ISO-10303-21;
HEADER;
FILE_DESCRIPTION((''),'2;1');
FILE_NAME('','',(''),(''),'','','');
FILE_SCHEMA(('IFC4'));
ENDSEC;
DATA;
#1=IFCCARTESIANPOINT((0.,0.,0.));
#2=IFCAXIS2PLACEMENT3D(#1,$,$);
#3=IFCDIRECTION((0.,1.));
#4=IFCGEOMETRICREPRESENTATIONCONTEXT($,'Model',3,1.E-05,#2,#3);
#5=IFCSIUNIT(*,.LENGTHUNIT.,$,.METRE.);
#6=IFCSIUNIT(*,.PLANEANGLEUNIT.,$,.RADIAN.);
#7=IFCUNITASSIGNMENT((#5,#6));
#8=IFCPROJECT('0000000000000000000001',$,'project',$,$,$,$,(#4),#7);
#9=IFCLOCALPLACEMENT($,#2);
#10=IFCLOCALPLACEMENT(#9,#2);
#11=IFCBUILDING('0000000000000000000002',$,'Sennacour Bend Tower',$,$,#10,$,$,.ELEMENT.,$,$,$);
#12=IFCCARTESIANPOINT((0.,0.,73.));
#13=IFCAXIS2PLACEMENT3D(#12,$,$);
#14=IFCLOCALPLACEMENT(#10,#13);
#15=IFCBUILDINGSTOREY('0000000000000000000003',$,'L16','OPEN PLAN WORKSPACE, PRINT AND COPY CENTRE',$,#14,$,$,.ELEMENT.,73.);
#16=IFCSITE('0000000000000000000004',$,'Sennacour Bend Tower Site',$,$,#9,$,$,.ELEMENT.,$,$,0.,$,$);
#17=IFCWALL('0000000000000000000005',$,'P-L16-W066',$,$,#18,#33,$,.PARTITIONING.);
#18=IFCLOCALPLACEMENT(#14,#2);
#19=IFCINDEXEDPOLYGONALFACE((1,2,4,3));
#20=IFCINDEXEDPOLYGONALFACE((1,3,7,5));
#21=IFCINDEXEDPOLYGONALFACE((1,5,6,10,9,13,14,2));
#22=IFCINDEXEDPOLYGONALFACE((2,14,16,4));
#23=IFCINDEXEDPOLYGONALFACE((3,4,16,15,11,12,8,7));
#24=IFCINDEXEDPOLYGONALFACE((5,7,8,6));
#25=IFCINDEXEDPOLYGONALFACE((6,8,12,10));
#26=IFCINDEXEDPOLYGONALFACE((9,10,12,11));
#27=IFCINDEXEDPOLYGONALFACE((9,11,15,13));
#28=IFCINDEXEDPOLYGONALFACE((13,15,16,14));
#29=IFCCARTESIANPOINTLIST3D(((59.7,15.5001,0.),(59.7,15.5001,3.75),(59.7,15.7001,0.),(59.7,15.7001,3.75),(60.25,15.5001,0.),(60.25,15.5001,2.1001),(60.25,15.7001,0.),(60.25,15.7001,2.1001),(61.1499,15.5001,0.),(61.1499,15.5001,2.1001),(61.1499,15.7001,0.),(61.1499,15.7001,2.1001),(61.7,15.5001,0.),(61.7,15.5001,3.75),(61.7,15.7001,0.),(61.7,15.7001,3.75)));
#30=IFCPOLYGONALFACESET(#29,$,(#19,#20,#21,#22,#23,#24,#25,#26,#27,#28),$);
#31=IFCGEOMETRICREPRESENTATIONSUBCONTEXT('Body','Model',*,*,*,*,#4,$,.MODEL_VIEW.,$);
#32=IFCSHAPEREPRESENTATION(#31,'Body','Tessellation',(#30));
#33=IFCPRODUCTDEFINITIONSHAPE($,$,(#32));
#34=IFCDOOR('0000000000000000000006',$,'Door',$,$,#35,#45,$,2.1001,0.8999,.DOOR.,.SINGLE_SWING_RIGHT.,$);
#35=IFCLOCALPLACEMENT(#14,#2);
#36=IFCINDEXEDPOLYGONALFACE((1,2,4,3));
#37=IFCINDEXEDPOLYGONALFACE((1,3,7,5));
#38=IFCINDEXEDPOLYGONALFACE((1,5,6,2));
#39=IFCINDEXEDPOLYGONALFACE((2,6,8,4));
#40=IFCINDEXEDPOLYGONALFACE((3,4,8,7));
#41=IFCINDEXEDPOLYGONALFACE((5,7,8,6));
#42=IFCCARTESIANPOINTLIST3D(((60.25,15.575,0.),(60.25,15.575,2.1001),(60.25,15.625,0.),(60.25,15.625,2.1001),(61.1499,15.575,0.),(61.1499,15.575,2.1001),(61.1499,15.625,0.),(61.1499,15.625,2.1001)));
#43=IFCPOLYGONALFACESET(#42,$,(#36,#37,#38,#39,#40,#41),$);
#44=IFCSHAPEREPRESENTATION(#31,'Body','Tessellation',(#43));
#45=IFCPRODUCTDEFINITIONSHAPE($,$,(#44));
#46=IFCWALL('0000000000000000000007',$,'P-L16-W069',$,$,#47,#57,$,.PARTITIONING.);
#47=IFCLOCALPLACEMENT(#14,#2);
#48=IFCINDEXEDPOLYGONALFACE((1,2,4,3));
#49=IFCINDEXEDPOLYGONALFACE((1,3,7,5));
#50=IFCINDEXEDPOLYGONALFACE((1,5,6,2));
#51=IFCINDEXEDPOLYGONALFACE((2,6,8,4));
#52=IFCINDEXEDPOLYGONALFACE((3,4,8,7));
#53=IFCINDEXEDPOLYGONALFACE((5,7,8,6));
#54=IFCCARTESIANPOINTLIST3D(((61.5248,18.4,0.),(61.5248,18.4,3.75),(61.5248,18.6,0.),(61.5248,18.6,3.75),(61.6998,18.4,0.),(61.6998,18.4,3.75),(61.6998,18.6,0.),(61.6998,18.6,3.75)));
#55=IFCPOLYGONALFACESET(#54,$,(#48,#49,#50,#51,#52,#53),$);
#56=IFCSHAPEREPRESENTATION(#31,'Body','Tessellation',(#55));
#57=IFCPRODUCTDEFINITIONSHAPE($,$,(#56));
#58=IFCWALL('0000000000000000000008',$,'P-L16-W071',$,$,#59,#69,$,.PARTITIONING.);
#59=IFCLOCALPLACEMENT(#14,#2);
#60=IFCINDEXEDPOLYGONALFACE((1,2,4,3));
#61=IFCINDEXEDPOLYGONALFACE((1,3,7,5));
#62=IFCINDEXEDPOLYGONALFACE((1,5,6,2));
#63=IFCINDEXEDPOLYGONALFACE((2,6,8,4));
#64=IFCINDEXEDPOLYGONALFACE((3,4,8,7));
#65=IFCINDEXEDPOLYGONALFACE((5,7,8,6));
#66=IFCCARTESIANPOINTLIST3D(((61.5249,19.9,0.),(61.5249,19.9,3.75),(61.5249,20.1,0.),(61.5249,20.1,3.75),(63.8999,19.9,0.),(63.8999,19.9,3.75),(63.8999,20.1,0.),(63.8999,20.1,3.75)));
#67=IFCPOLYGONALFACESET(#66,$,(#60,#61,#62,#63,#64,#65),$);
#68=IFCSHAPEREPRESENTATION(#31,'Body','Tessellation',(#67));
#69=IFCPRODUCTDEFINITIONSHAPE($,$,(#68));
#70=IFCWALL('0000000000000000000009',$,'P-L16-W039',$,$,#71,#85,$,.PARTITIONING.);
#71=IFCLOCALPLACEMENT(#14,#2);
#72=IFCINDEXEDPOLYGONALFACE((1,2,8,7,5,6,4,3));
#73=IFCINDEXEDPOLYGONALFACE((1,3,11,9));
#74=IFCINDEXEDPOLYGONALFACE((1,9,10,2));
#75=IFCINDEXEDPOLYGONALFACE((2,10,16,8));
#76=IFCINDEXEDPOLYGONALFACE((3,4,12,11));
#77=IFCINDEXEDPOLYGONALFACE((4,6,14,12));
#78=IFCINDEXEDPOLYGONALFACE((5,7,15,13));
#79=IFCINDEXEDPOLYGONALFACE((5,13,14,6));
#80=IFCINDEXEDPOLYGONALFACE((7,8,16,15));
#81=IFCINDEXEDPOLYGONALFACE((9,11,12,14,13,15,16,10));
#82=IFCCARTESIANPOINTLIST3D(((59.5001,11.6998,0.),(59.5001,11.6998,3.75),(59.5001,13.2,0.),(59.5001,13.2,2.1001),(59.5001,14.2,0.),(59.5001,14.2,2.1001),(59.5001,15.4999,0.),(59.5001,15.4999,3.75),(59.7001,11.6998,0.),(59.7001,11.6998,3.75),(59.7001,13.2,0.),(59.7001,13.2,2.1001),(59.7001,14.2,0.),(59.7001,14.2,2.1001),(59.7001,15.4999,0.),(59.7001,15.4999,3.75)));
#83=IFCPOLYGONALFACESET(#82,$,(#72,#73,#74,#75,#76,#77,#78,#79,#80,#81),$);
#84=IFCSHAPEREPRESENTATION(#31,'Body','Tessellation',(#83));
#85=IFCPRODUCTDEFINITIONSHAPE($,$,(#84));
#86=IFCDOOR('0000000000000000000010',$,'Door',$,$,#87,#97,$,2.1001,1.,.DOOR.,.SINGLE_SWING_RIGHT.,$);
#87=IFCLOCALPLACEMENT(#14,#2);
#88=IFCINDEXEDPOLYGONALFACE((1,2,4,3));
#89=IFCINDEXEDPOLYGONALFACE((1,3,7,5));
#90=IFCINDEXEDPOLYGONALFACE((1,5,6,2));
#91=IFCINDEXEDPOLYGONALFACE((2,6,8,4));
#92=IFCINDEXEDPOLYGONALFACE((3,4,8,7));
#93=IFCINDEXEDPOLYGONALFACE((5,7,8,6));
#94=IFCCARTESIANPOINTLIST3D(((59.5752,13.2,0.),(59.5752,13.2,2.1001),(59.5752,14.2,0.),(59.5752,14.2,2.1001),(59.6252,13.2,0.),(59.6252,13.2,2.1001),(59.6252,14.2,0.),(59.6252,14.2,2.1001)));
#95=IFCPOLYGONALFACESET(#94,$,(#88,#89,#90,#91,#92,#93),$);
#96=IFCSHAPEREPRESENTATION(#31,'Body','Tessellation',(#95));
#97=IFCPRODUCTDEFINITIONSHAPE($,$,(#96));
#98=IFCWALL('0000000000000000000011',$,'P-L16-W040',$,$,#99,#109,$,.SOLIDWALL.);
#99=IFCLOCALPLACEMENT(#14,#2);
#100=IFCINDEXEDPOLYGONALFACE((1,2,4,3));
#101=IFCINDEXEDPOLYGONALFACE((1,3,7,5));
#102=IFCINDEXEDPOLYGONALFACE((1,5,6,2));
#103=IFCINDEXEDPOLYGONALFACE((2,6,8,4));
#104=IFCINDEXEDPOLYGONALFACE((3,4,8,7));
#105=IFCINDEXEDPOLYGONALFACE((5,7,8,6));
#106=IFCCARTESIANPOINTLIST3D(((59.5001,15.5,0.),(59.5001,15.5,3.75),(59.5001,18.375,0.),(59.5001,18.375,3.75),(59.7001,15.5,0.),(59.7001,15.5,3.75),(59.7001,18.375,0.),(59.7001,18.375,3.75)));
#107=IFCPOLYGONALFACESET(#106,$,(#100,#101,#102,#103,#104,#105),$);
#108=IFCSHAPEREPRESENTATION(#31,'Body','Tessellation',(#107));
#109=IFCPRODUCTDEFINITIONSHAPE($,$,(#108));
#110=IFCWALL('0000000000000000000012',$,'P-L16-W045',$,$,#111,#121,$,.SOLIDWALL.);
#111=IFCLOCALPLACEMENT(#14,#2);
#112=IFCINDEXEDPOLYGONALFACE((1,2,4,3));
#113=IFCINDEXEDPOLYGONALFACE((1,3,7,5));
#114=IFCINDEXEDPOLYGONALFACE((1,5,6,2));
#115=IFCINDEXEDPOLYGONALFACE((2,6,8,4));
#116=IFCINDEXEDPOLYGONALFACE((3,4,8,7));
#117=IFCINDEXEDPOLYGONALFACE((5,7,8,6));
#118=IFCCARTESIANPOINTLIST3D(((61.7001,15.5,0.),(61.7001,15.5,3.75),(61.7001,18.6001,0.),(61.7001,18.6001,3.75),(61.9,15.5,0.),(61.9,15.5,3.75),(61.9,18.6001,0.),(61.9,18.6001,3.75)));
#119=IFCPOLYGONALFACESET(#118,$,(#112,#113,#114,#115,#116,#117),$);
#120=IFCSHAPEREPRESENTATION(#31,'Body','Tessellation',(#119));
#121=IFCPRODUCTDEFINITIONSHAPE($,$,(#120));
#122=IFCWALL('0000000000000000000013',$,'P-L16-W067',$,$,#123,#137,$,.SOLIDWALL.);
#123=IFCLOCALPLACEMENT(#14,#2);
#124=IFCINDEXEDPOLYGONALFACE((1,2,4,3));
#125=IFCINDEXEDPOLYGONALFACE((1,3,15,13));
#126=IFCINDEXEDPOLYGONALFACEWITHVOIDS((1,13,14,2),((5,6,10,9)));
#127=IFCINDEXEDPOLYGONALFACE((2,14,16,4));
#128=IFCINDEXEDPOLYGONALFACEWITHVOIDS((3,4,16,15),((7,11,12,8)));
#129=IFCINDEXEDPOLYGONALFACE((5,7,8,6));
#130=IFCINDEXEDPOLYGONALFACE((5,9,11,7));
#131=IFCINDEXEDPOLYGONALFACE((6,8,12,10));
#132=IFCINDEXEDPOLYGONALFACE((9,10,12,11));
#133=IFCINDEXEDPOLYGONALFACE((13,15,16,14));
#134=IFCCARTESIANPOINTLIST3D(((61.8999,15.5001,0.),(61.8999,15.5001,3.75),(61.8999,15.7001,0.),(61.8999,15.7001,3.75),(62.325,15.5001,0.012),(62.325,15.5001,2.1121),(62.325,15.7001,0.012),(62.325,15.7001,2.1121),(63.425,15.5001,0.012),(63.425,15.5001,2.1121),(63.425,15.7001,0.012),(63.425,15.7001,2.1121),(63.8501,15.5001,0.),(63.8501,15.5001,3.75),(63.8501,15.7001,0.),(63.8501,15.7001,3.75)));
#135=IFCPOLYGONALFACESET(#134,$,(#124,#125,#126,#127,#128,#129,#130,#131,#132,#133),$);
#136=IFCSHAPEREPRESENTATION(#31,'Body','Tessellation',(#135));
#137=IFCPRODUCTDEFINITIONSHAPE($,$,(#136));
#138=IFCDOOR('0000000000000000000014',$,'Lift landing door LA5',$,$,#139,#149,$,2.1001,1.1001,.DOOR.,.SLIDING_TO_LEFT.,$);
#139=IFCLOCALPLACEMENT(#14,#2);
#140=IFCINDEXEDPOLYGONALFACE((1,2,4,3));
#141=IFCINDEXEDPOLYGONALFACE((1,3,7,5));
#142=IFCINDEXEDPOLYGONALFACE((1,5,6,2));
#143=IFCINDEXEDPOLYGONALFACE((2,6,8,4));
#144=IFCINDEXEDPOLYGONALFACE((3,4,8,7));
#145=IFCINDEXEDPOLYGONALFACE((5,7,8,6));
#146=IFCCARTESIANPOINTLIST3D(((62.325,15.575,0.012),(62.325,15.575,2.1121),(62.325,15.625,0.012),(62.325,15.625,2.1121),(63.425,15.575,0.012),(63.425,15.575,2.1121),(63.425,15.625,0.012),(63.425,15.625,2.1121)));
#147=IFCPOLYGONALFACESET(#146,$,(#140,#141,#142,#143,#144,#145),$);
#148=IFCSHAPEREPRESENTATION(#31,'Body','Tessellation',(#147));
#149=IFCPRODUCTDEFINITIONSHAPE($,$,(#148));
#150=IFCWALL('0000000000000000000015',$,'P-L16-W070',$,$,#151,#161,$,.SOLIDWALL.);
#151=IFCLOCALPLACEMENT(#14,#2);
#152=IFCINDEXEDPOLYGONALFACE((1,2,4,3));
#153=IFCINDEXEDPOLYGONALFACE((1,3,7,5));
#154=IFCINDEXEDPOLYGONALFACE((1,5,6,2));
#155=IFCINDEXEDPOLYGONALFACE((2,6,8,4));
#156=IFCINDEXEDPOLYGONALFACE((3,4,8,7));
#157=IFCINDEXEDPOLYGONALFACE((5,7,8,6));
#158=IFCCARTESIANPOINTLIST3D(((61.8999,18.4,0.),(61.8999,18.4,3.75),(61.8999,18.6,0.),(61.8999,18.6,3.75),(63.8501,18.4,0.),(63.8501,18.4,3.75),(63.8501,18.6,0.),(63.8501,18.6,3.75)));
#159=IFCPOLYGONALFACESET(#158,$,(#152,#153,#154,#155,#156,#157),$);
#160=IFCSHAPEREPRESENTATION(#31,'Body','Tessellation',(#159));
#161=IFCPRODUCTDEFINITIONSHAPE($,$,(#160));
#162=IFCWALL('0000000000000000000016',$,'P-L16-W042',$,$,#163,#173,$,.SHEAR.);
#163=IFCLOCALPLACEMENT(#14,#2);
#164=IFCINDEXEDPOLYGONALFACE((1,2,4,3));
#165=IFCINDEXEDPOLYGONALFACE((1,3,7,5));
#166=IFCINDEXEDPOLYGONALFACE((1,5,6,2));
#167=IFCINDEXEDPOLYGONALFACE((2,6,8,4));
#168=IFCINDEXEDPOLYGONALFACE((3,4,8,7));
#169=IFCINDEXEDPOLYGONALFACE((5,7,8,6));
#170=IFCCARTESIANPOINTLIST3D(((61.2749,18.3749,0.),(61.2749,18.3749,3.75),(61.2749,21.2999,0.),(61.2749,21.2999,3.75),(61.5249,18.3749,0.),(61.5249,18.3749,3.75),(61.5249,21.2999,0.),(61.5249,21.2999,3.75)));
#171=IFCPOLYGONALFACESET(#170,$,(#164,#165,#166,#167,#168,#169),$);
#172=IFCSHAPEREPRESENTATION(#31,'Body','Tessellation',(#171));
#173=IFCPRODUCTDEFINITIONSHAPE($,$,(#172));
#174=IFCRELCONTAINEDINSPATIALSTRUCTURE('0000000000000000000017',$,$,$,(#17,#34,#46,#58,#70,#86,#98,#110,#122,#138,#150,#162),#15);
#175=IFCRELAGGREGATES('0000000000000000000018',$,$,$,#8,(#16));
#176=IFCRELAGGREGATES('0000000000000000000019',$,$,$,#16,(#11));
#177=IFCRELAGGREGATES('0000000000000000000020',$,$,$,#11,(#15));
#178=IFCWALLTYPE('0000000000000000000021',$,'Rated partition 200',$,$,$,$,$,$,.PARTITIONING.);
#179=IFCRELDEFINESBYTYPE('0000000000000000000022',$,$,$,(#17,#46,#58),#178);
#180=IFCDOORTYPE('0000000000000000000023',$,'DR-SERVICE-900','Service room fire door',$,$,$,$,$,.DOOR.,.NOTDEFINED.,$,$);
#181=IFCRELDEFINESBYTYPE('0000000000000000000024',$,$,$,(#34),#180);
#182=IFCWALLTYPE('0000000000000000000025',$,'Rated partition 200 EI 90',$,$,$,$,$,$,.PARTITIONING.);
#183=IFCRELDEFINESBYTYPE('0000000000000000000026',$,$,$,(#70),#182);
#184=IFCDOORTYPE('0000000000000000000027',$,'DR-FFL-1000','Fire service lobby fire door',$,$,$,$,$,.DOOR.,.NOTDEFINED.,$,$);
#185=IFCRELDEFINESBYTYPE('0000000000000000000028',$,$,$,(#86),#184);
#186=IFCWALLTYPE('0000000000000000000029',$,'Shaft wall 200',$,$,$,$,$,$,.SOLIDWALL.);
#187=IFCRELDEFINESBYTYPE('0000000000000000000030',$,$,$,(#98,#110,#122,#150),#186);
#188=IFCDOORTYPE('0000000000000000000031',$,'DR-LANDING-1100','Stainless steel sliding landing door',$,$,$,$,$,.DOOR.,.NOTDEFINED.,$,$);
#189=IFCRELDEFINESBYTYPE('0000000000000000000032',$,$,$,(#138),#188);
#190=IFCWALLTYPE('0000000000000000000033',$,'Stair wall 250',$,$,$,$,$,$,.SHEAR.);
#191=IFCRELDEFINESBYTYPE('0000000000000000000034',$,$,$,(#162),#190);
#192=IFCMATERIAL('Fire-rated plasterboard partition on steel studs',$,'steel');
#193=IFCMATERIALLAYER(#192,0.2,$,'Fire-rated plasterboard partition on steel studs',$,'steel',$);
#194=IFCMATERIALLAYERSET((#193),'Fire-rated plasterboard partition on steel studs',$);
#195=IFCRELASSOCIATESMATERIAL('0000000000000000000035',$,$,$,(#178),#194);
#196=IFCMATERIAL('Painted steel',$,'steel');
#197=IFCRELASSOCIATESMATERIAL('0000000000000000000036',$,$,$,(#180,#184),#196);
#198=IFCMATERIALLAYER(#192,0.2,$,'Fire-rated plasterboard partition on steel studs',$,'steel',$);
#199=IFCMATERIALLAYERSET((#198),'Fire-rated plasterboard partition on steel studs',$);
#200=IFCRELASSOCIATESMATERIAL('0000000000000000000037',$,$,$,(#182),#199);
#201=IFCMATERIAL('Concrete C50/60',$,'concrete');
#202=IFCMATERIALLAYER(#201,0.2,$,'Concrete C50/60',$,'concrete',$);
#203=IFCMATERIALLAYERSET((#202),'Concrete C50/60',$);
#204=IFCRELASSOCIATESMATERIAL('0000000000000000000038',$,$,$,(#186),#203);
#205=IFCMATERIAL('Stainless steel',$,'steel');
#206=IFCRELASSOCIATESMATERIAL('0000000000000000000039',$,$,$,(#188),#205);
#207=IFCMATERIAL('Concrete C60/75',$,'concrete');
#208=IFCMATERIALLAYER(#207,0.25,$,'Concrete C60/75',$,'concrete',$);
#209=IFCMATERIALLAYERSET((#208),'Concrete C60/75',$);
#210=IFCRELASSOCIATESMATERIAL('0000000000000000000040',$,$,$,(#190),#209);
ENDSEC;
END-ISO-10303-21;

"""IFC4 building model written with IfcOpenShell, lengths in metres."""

from ifc_helpers import new_model, si_unit, direction, frame, frame_2d, origin, place, context, subcontext, project, spatial, rectangle, extrude, material, layer, layer_set, type_object, element, fill, save


model = new_model("IFC4")

# Units and contexts
model_context = context("Model", 3, precision=1e-05, world=origin(), true_north=direction((0.0, 1.0)))
body_context = subcontext(model_context, "Body", "Model", "MODEL_VIEW")
ifc_project = project(units=[si_unit("LENGTHUNIT", "METRE"), si_unit("PLANEANGLEUNIT", "RADIAN")], contexts=[model_context])

# Site, building, storey
site_placement = place(None, origin())
site = spatial("IfcSite", under=ifc_project, at=site_placement, Name="Sennacour Bend Tower Site", CompositionType="ELEMENT", RefElevation=0.0)
building_placement = place(site_placement, origin())
building = spatial("IfcBuilding", under=site, at=building_placement, Name="Sennacour Bend Tower", CompositionType="ELEMENT")
storey_placement = place(building_placement, frame((0.0, 0.0, 73.0)))
storey = spatial("IfcBuildingStorey", under=building, at=storey_placement, Name="L16", Description="OPEN PLAN WORKSPACE, PRINT AND COPY CENTRE", CompositionType="ELEMENT", Elevation=73.0)

# Shared definitions
ifc_material_1 = material(Name="Fire-rated plasterboard partition on steel studs", Category="steel")
ifc_layer_1 = layer(ifc_material_1, 0.2, Name="Fire-rated plasterboard partition on steel studs", Category="steel")
ifc_layer_set_1 = layer_set([ifc_layer_1], Name="Fire-rated plasterboard partition on steel studs")
wall_type_1 = type_object("IfcWallType", Name="Rated partition 200", PredefinedType="PARTITIONING", material=ifc_layer_set_1)
ifc_material_2 = material(Name="Painted steel", Category="steel")
door_type_1 = type_object("IfcDoorType", Name="DR-SERVICE-900", Description="Service room fire door", OperationType="NOTDEFINED", PredefinedType="DOOR", material=ifc_material_2)

# Wall, opening, door
wall_1_placement = place(storey_placement, frame((59.7, 15.6001, 0.0), z_axis=(0.0, 0.0, 1.0), x_axis=(1.0, 0.0, 0.0)))
wall_1 = element("IfcWall", 1, at=wall_1_placement, inside=storey, type_object=wall_type_1, Name="P-L16-W066", PredefinedType="PARTITIONING", context=body_context, shape_type="SweptSolid", body=[
    extrude(rectangle(XDim=2.0, YDim=0.2, at=frame_2d((1.0, 0.0))), origin(), (0.0, 0.0, 1.0), 3.75),
])
opening_1_placement = place(wall_1_placement, frame((0.55, 0.0, 0.0)))
opening_1 = element("IfcOpeningElement", 2, at=opening_1_placement, cuts=wall_1, PredefinedType="OPENING", context=body_context, shape_type="SweptSolid", body=[
    extrude(rectangle(XDim=0.8999, YDim=2.1001, at=frame_2d((0.45, 1.05))), frame((0.0, 0.1099, 0.0), z_axis=(0.0, -1.0, 0.0), x_axis=(1.0, 0.0, 0.0)), (0.0, 0.0, 1.0), 0.22),
])
door_1_placement = place(opening_1_placement, origin())
door_1 = element("IfcDoor", 3, at=door_1_placement, inside=storey, type_object=door_type_1, Name="Door", OperationType="SINGLE_SWING_RIGHT", OverallHeight=2.1001, OverallWidth=0.8999, PredefinedType="DOOR", context=body_context, shape_type="SweptSolid", body=[
    extrude(rectangle(XDim=0.8999, YDim=2.1001, at=frame_2d((0.45, 1.05))), frame((0.0, 0.0249, 0.0), z_axis=(0.0, -1.0, 0.0), x_axis=(1.0, 0.0, 0.0)), (0.0, 0.0, 1.0), 0.05),
])
fill(opening_1, door_1)

# Walls
wall_2_placement = place(storey_placement, frame((61.5249, 18.5, 0.0), z_axis=(0.0, 0.0, 1.0), x_axis=(1.0, 0.0, 0.0)))
element("IfcWall", 4, at=wall_2_placement, inside=storey, type_object=wall_type_1, Name="P-L16-W069", PredefinedType="PARTITIONING", context=body_context, shape_type="SweptSolid", body=[
    extrude(rectangle(XDim=0.175, YDim=0.2, at=frame_2d((0.0874, 0.0))), origin(), (0.0, 0.0, 1.0), 3.75),
])
wall_3_placement = place(storey_placement, frame((61.5249, 20.0, 0.0), z_axis=(0.0, 0.0, 1.0), x_axis=(1.0, 0.0, 0.0)))
element("IfcWall", 5, at=wall_3_placement, inside=storey, type_object=wall_type_1, Name="P-L16-W071", PredefinedType="PARTITIONING", context=body_context, shape_type="SweptSolid", body=[
    extrude(rectangle(XDim=2.375, YDim=0.2, at=frame_2d((1.1875, 0.0))), origin(), (0.0, 0.0, 1.0), 3.75),
])

# Wall, opening, door
ifc_layer_2 = layer(ifc_material_1, 0.2, Name="Fire-rated plasterboard partition on steel studs", Category="steel")
ifc_layer_set_2 = layer_set([ifc_layer_2], Name="Fire-rated plasterboard partition on steel studs")
wall_type_2 = type_object("IfcWallType", Name="Rated partition 200 EI 90", PredefinedType="PARTITIONING", material=ifc_layer_set_2)
wall_4_placement = place(storey_placement, frame((59.6001, 11.7, 0.0), z_axis=(0.0, 0.0, 1.0), x_axis=(0.0, 1.0, 0.0)))
wall_4 = element("IfcWall", 6, at=wall_4_placement, inside=storey, type_object=wall_type_2, Name="P-L16-W039", PredefinedType="PARTITIONING", context=body_context, shape_type="SweptSolid", body=[
    extrude(rectangle(XDim=3.8, YDim=0.2, at=frame_2d((1.8999, 0.0))), origin(), (0.0, 0.0, 1.0), 3.75),
])
opening_2_placement = place(wall_4_placement, frame((1.5, 0.0, 0.0)))
opening_2 = element("IfcOpeningElement", 7, at=opening_2_placement, cuts=wall_4, PredefinedType="OPENING", context=body_context, shape_type="SweptSolid", body=[
    extrude(rectangle(XDim=1.0, YDim=2.1001, at=frame_2d((0.5, 1.05))), frame((0.0, 0.1099, 0.0), z_axis=(0.0, -1.0, 0.0), x_axis=(1.0, 0.0, 0.0)), (0.0, 0.0, 1.0), 0.22),
])
door_type_2 = type_object("IfcDoorType", Name="DR-FFL-1000", Description="Fire service lobby fire door", OperationType="NOTDEFINED", PredefinedType="DOOR", material=ifc_material_2)
door_2_placement = place(opening_2_placement, origin())
door_2 = element("IfcDoor", 8, at=door_2_placement, inside=storey, type_object=door_type_2, Name="Door", OperationType="SINGLE_SWING_RIGHT", OverallHeight=2.1001, OverallWidth=1.0, PredefinedType="DOOR", context=body_context, shape_type="SweptSolid", body=[
    extrude(rectangle(XDim=1.0, YDim=2.1001, at=frame_2d((0.5, 1.05))), frame((0.0, 0.0249, 0.0), z_axis=(0.0, -1.0, 0.0), x_axis=(1.0, 0.0, 0.0)), (0.0, 0.0, 1.0), 0.05),
])
fill(opening_2, door_2)

# Walls
ifc_material_3 = material(Name="Concrete C50/60", Category="concrete")
ifc_layer_3 = layer(ifc_material_3, 0.2, Name="Concrete C50/60", Category="concrete")
ifc_layer_set_3 = layer_set([ifc_layer_3], Name="Concrete C50/60")
wall_type_3 = type_object("IfcWallType", Name="Shaft wall 200", PredefinedType="SOLIDWALL", material=ifc_layer_set_3)
wall_5_placement = place(storey_placement, frame((59.6001, 15.5, 0.0), z_axis=(0.0, 0.0, 1.0), x_axis=(0.0, 1.0, 0.0)))
element("IfcWall", 9, at=wall_5_placement, inside=storey, type_object=wall_type_3, Name="P-L16-W040", PredefinedType="SOLIDWALL", context=body_context, shape_type="SweptSolid", body=[
    extrude(rectangle(XDim=2.875, YDim=0.2, at=frame_2d((1.4375, 0.0))), origin(), (0.0, 0.0, 1.0), 3.75),
])
wall_6_placement = place(storey_placement, frame((61.8, 15.5, 0.0), z_axis=(0.0, 0.0, 1.0), x_axis=(0.0, 1.0, 0.0)))
element("IfcWall", 10, at=wall_6_placement, inside=storey, type_object=wall_type_3, Name="P-L16-W045", PredefinedType="SOLIDWALL", context=body_context, shape_type="SweptSolid", body=[
    extrude(rectangle(XDim=3.1001, YDim=0.2, at=frame_2d((1.55, 0.0))), origin(), (0.0, 0.0, 1.0), 3.75),
])

# Wall, opening, door
wall_7_placement = place(storey_placement, frame((61.8999, 15.6001, 0.0), z_axis=(0.0, 0.0, 1.0), x_axis=(1.0, 0.0, 0.0)))
wall_7 = element("IfcWall", 11, at=wall_7_placement, inside=storey, type_object=wall_type_3, Name="P-L16-W067", PredefinedType="SOLIDWALL", context=body_context, shape_type="SweptSolid", body=[
    extrude(rectangle(XDim=1.9502, YDim=0.2, at=frame_2d((0.9751, 0.0))), origin(), (0.0, 0.0, 1.0), 3.75),
])
opening_3_placement = place(wall_7_placement, frame((0.425, 0.0, 0.012)))
opening_3 = element("IfcOpeningElement", 12, at=opening_3_placement, cuts=wall_7, PredefinedType="OPENING", context=body_context, shape_type="SweptSolid", body=[
    extrude(rectangle(XDim=1.1001, YDim=2.1001, at=frame_2d((0.55, 1.05))), frame((0.0, 0.1099, 0.0), z_axis=(0.0, -1.0, 0.0), x_axis=(1.0, 0.0, 0.0)), (0.0, 0.0, 1.0), 0.22),
])
ifc_material_4 = material(Name="Stainless steel", Category="steel")
door_type_3 = type_object("IfcDoorType", Name="DR-LANDING-1100", Description="Stainless steel sliding landing door", OperationType="NOTDEFINED", PredefinedType="DOOR", material=ifc_material_4)
door_3_placement = place(opening_3_placement, origin())
door_3 = element("IfcDoor", 13, at=door_3_placement, inside=storey, type_object=door_type_3, Name="Lift landing door LA5", OperationType="SLIDING_TO_LEFT", OverallHeight=2.1001, OverallWidth=1.1001, PredefinedType="DOOR", context=body_context, shape_type="SweptSolid", body=[
    extrude(rectangle(XDim=1.1001, YDim=2.1001, at=frame_2d((0.55, 1.05))), frame((0.0, 0.0249, 0.0), z_axis=(0.0, -1.0, 0.0), x_axis=(1.0, 0.0, 0.0)), (0.0, 0.0, 1.0), 0.05),
])
fill(opening_3, door_3)

# Walls
wall_8_placement = place(storey_placement, frame((61.8999, 18.5, 0.0), z_axis=(0.0, 0.0, 1.0), x_axis=(1.0, 0.0, 0.0)))
element("IfcWall", 14, at=wall_8_placement, inside=storey, type_object=wall_type_3, Name="P-L16-W070", PredefinedType="SOLIDWALL", context=body_context, shape_type="SweptSolid", body=[
    extrude(rectangle(XDim=1.9502, YDim=0.2, at=frame_2d((0.9751, 0.0))), origin(), (0.0, 0.0, 1.0), 3.75),
])
ifc_material_5 = material(Name="Concrete C60/75", Category="concrete")
ifc_layer_4 = layer(ifc_material_5, 0.25, Name="Concrete C60/75", Category="concrete")
ifc_layer_set_4 = layer_set([ifc_layer_4], Name="Concrete C60/75")
wall_type_4 = type_object("IfcWallType", Name="Stair wall 250", PredefinedType="SHEAR", material=ifc_layer_set_4)
wall_9_placement = place(storey_placement, frame((61.3999, 18.375, 0.0), z_axis=(0.0, 0.0, 1.0), x_axis=(0.0, 1.0, 0.0)))
element("IfcWall", 15, at=wall_9_placement, inside=storey, type_object=wall_type_4, Name="P-L16-W042", PredefinedType="SHEAR", context=body_context, shape_type="SweptSolid", body=[
    extrude(rectangle(XDim=2.925, YDim=0.25, at=frame_2d((1.4624, 0.0))), origin(), (0.0, 0.0, 1.0), 3.75),
])

save(model, "model.ifc")
